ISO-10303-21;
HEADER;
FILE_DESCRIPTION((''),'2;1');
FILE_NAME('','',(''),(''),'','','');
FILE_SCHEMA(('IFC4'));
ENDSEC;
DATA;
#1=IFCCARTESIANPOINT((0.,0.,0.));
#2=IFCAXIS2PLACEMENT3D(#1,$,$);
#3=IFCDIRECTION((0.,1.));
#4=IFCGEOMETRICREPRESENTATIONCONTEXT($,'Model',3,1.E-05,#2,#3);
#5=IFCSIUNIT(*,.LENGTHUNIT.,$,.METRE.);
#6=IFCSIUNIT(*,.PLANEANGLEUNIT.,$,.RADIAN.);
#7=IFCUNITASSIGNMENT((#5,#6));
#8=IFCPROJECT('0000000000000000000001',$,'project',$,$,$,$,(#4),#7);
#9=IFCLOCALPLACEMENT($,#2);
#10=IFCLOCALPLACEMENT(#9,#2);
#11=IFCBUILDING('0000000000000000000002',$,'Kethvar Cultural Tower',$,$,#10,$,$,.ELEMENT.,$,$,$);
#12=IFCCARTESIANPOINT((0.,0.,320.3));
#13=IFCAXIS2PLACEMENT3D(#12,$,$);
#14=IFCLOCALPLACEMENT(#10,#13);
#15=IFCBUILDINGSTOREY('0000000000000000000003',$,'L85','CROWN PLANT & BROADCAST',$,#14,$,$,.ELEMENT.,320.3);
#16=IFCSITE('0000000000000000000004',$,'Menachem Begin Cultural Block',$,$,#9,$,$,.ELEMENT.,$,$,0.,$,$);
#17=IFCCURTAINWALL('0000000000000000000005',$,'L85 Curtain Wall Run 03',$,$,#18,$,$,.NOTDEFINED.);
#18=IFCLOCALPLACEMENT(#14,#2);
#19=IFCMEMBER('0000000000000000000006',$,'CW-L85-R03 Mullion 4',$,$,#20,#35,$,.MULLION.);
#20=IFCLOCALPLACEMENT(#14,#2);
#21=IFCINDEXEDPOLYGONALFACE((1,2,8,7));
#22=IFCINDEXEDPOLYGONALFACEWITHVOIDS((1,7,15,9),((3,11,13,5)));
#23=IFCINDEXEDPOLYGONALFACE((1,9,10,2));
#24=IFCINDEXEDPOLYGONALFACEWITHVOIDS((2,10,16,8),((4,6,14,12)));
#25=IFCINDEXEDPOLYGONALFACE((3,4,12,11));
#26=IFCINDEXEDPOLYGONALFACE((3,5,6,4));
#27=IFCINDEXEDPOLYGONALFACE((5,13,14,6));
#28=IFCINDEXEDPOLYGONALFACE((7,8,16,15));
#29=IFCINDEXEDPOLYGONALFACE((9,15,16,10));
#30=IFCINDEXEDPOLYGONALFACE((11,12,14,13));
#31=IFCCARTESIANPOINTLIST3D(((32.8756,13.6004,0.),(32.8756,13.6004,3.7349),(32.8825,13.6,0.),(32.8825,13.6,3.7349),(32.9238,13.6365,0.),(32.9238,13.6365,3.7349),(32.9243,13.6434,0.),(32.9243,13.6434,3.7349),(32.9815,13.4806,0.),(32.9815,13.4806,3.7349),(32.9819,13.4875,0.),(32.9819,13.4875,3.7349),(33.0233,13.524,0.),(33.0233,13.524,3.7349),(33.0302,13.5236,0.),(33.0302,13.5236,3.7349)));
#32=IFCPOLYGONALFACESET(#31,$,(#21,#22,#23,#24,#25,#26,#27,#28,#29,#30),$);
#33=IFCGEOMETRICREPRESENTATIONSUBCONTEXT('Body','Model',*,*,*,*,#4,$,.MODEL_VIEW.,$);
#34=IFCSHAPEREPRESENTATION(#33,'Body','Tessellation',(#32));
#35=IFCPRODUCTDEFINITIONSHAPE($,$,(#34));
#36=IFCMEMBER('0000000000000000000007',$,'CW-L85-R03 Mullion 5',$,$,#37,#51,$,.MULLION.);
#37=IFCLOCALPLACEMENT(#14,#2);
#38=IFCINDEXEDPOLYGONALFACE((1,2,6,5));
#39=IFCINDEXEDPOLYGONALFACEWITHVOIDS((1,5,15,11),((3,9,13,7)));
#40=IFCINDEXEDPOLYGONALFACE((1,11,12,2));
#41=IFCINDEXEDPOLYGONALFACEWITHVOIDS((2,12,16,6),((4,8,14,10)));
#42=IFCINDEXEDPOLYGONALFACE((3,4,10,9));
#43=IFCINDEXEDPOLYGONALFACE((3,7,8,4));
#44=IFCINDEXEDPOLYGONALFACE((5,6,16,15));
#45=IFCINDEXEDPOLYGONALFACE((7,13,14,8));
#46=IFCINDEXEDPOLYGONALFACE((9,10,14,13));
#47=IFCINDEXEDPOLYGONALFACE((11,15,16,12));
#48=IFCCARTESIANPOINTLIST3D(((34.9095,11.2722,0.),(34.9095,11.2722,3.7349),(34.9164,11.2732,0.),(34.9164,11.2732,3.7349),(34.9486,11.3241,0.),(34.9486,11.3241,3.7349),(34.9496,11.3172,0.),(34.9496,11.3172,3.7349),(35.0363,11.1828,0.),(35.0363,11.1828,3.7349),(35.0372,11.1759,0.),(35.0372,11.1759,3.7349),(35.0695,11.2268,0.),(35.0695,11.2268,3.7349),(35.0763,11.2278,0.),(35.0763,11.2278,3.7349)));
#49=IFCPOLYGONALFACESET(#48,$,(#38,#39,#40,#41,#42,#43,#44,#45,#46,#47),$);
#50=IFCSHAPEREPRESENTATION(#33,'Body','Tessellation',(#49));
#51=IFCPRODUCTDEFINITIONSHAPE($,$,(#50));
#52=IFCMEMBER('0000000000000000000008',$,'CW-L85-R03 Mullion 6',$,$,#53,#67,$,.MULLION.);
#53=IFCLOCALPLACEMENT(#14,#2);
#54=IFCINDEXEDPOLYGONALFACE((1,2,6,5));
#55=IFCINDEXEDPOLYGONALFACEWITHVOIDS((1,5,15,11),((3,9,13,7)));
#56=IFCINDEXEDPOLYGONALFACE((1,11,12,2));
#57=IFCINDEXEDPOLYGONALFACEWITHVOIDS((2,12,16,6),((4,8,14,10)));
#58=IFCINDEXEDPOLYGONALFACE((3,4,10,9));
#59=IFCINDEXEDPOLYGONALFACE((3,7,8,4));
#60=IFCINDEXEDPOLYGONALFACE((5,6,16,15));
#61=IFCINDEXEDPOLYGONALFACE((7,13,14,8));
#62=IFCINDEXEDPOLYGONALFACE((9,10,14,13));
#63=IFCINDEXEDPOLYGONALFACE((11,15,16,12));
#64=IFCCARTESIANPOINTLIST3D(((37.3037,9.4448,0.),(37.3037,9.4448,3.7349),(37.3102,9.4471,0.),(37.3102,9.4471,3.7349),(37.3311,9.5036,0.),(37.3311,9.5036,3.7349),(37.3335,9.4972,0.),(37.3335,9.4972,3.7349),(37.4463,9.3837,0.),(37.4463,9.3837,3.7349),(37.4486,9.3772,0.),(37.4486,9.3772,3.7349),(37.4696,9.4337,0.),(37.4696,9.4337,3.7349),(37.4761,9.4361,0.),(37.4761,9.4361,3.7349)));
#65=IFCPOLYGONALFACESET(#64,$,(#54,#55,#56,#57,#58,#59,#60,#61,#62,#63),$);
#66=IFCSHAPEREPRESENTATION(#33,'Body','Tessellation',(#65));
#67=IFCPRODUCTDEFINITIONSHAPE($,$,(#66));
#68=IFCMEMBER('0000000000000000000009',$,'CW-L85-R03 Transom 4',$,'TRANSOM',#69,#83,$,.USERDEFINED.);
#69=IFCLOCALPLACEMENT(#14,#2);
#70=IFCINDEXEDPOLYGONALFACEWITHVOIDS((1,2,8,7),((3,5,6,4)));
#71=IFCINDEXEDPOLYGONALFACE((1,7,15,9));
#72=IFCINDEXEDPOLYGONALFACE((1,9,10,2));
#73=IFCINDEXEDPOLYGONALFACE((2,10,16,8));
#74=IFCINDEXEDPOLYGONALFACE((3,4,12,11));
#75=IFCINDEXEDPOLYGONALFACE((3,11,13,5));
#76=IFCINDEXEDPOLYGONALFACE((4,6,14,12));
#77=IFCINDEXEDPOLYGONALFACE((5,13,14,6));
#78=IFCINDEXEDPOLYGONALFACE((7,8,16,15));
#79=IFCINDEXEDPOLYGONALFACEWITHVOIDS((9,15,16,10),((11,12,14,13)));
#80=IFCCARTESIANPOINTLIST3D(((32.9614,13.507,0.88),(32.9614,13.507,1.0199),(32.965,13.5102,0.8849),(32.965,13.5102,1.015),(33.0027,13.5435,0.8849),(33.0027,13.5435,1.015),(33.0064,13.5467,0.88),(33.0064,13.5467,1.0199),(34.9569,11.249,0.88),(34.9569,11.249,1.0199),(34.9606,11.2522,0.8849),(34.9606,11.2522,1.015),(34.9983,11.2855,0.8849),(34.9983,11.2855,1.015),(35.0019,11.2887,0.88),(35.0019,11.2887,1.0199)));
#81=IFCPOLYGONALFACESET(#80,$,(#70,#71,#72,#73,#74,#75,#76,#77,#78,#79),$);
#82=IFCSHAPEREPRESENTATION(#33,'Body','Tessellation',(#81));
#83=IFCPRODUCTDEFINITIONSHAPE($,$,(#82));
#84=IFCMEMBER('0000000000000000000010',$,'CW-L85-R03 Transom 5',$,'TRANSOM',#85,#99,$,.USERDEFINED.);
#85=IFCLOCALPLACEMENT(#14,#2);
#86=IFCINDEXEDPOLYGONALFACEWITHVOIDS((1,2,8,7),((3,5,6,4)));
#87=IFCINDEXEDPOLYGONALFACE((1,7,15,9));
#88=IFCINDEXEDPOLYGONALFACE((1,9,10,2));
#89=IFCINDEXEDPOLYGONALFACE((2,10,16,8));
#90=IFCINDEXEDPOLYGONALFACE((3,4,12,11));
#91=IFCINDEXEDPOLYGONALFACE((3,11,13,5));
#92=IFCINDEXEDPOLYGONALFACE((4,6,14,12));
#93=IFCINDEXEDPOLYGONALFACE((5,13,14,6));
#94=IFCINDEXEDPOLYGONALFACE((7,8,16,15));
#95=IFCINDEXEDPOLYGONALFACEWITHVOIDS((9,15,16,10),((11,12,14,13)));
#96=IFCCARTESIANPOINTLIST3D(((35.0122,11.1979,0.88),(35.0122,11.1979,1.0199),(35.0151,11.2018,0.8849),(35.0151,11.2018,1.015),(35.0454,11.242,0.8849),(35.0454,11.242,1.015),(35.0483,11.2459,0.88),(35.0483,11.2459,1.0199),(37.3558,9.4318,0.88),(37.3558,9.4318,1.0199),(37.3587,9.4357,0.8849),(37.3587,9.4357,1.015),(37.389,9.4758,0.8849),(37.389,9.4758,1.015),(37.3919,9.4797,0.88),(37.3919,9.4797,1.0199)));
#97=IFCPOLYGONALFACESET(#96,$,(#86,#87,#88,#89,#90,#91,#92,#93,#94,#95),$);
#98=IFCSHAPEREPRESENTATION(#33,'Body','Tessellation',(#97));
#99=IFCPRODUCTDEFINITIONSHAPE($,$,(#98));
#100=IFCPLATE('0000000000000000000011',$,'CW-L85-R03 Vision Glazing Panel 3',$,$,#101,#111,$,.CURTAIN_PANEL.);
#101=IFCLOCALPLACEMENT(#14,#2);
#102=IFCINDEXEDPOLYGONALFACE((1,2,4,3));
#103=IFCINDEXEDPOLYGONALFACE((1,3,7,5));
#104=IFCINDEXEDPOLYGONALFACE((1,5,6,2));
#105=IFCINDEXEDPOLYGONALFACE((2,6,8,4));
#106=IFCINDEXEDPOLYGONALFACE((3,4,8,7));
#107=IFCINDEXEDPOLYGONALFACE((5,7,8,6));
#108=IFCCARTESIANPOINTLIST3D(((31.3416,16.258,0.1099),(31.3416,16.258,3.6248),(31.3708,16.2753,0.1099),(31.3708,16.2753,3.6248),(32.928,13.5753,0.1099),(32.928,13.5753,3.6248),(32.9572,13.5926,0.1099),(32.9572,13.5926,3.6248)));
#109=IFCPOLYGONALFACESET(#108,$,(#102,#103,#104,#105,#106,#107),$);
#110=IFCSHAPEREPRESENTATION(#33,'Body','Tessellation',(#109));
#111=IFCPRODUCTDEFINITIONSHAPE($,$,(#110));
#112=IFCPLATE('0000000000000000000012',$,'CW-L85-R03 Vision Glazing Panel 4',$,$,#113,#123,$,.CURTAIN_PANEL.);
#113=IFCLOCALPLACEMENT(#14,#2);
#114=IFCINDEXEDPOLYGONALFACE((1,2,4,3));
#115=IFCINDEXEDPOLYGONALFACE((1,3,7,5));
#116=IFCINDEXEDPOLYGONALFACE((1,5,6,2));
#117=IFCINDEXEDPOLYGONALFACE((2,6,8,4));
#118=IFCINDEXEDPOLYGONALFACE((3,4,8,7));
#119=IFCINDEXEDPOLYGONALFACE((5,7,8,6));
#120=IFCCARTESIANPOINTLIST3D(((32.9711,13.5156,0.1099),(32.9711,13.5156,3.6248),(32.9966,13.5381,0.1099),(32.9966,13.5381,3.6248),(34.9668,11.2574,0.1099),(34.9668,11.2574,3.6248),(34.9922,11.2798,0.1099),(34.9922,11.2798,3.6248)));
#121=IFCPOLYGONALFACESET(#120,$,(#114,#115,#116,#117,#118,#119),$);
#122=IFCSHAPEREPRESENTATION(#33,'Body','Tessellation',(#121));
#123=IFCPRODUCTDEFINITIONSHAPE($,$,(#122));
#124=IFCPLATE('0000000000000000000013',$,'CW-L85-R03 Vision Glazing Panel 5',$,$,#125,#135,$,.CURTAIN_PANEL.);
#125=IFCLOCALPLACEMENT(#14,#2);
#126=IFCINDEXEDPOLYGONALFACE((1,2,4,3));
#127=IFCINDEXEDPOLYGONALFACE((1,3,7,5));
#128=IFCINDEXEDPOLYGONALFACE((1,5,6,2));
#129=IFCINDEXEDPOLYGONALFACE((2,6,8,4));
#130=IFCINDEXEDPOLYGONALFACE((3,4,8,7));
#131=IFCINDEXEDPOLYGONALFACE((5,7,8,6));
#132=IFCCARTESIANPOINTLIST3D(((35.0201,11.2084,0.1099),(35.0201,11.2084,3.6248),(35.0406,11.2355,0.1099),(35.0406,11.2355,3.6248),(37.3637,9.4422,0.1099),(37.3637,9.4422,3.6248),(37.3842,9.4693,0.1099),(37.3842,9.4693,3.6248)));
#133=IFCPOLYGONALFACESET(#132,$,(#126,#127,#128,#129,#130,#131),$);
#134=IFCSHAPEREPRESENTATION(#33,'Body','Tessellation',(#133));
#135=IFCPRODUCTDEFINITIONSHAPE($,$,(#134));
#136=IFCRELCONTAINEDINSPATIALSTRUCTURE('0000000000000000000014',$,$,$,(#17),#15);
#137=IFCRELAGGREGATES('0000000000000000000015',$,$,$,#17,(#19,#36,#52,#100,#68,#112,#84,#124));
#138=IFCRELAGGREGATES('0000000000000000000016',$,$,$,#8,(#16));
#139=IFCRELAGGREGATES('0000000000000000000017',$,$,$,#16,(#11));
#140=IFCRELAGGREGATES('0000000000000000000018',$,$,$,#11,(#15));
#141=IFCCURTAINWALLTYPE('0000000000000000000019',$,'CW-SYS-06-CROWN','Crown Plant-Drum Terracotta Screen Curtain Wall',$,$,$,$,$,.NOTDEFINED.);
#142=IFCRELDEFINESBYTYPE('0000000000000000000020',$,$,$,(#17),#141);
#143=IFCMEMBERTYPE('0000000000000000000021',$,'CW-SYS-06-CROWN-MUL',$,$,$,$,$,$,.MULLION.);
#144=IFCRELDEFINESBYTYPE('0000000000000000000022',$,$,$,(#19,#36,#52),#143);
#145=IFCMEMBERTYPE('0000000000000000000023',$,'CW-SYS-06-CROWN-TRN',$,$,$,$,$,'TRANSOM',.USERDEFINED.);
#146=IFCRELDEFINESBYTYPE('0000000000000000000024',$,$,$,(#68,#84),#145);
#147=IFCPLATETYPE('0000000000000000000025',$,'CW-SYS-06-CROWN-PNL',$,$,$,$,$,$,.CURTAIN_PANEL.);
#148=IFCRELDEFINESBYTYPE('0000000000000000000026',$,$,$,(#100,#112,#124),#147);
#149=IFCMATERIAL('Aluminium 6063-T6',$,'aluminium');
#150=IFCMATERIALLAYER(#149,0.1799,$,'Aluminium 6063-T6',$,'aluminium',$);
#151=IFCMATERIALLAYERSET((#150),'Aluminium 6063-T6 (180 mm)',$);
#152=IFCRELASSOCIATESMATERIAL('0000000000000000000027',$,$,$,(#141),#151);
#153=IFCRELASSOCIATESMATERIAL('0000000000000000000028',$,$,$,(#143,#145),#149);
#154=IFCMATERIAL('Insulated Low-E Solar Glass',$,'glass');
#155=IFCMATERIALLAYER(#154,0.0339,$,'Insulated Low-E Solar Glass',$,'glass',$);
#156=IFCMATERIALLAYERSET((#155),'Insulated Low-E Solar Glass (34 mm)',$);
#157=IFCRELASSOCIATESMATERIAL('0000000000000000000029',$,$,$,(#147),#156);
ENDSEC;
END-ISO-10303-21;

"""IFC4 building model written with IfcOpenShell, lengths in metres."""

from ifc_helpers import new_model, si_unit, direction, frame, origin, origin_2d, place, context, subcontext, project, spatial, rectangle, hollow_rectangle, extrude, source, transform, mapped, material, layer, layer_set, material_profile, profile_set, type_object, element, aggregate, save


model = new_model("IFC4")

# Units and contexts
model_context = context("Model", 3, precision=1e-05, world=origin(), true_north=direction((0.0, 1.0)))
body_context = subcontext(model_context, "Body", "Model", "MODEL_VIEW")
ifc_project = project(units=[si_unit("LENGTHUNIT", "METRE"), si_unit("PLANEANGLEUNIT", "RADIAN")], contexts=[model_context])

# Site, building, storey
site_placement = place(None, origin())
site = spatial("IfcSite", under=ifc_project, at=site_placement, Name="Menachem Begin Cultural Block", CompositionType="ELEMENT", RefElevation=0.0)
building_placement = place(site_placement, origin())
building = spatial("IfcBuilding", under=site, at=building_placement, Name="Kethvar Cultural Tower", CompositionType="ELEMENT")
storey_placement = place(building_placement, frame((0.0, 0.0, 320.3)))
storey = spatial("IfcBuildingStorey", under=building, at=storey_placement, Name="L85", Description="CROWN PLANT & BROADCAST", CompositionType="ELEMENT", Elevation=320.3)

# Curtain wall, members, plates
ifc_material_1 = material(Name="Aluminium 6063-T6", Category="aluminium")
ifc_layer_1 = layer(ifc_material_1, 0.1799, Name="Aluminium 6063-T6", Category="aluminium")
ifc_layer_set_1 = layer_set([ifc_layer_1], Name="Aluminium 6063-T6 (180 mm)")
curtain_wall_type = type_object("IfcCurtainWallType", Name="CW-SYS-06-CROWN", Description="Crown Plant-Drum Terracotta Screen Curtain Wall", PredefinedType="NOTDEFINED", material=ifc_layer_set_1)
curtain_wall_placement = place(storey_placement, origin())
curtain_wall = element("IfcCurtainWall", 1, at=curtain_wall_placement, inside=storey, type_object=curtain_wall_type, Name="L85 Curtain Wall Run 03", PredefinedType="NOTDEFINED")
ifc_material_profile_1 = material_profile(ifc_material_1, hollow_rectangle(XDim=0.0649, YDim=0.1599, WallThickness=0.0049, at=origin_2d()), Name="Aluminium 6063-T6 — RHS160x65x5")
ifc_profile_set_1 = profile_set([ifc_material_profile_1], Name="Aluminium 6063-T6 — RHS160x65x5")
member_type_1 = type_object("IfcMemberType", Name="CW-SYS-06-CROWN-MUL", PredefinedType="MULLION", material=ifc_profile_set_1)
shared_shape_1 = source(origin(), body_context, "Body", "SweptSolid", [
    extrude(hollow_rectangle(XDim=0.0649, YDim=0.1599, WallThickness=0.0049, at=origin_2d()), origin(), (0.0, 0.0, 1.0), 3.7349),
])
member_1_placement = place(storey_placement, frame((32.9529, 13.562, 0.0), z_axis=(0.0, 0.0, 1.0), x_axis=(0.749326, 0.662202, 0.0)))
member_1 = element("IfcMember", 2, at=member_1_placement, type_object=member_type_1, Name="CW-L85-R03 Mullion 4", PredefinedType="MULLION", context=body_context, shape_type="MappedRepresentation", body=[
    mapped(shared_shape_1, transform((0.0, 0.0, 0.0), scale=1.0)),
])
member_2_placement = place(storey_placement, frame((34.9929, 11.25, 0.0), z_axis=(0.0, 0.0, 1.0), x_axis=(0.601843, 0.798615, 0.0)))
member_2 = element("IfcMember", 3, at=member_2_placement, type_object=member_type_1, Name="CW-L85-R03 Mullion 5", PredefinedType="MULLION", context=body_context, shape_type="MappedRepresentation", body=[
    mapped(shared_shape_1, transform((0.0, 0.0, 0.0), scale=1.0)),
])
member_3_placement = place(storey_placement, frame((37.3899, 9.4404, 0.0), z_axis=(0.0, 0.0, 1.0), x_axis=(0.422476, 0.906374, 0.0)))
member_3 = element("IfcMember", 4, at=member_3_placement, type_object=member_type_1, Name="CW-L85-R03 Mullion 6", PredefinedType="MULLION", context=body_context, shape_type="MappedRepresentation", body=[
    mapped(shared_shape_1, transform((0.0, 0.0, 0.0), scale=1.0)),
])
ifc_material_profile_2 = material_profile(ifc_material_1, hollow_rectangle(XDim=0.0601, YDim=0.1399, WallThickness=0.0049, at=origin_2d()), Name="Aluminium 6063-T6 — RHS140x60x5")
ifc_profile_set_2 = profile_set([ifc_material_profile_2], Name="Aluminium 6063-T6 — RHS140x60x5")
member_type_2 = type_object("IfcMemberType", Name="CW-SYS-06-CROWN-TRN", ElementType="TRANSOM", PredefinedType="USERDEFINED", material=ifc_profile_set_2)
shared_shape_2 = source(origin(), body_context, "Body", "SweptSolid", [
    extrude(hollow_rectangle(XDim=0.0601, YDim=0.1399, WallThickness=0.0049, at=origin_2d()), origin(), (0.0, 0.0, 1.0), 3.0134),
])
member_4_placement = place(storey_placement, frame((32.9839, 13.5269, 0.95), z_axis=(0.662219, -0.74931, 0.0), x_axis=(0.74931, 0.662219, 0.0)))
member_4 = element("IfcMember", 5, at=member_4_placement, type_object=member_type_2, Name="CW-L85-R03 Transom 4", ObjectType="TRANSOM", PredefinedType="USERDEFINED", context=body_context, shape_type="MappedRepresentation", body=[
    mapped(shared_shape_2, transform((0.0, 0.0, 0.0), scale=1.0)),
])
shared_shape_3 = source(origin(), body_context, "Body", "SweptSolid", [
    extrude(hollow_rectangle(XDim=0.0601, YDim=0.1399, WallThickness=0.0049, at=origin_2d()), origin(), (0.0, 0.0, 1.0), 2.9346),
])
member_5_placement = place(storey_placement, frame((35.0303, 11.2219, 0.95), z_axis=(0.79861, -0.601849, 0.0), x_axis=(0.601849, 0.79861, 0.0)))
member_5 = element("IfcMember", 6, at=member_5_placement, type_object=member_type_2, Name="CW-L85-R03 Transom 5", ObjectType="TRANSOM", PredefinedType="USERDEFINED", context=body_context, shape_type="MappedRepresentation", body=[
    mapped(shared_shape_3, transform((0.0, 0.0, 0.0), scale=1.0)),
])
ifc_material_2 = material(Name="Insulated Low-E Solar Glass", Category="glass")
ifc_layer_2 = layer(ifc_material_2, 0.0339, Name="Insulated Low-E Solar Glass", Category="glass")
ifc_layer_set_2 = layer_set([ifc_layer_2], Name="Insulated Low-E Solar Glass (34 mm)")
plate_type = type_object("IfcPlateType", Name="CW-SYS-06-CROWN-PNL", PredefinedType="CURTAIN_PANEL", material=ifc_layer_set_2)
shared_shape_4 = source(origin(), body_context, "Body", "SweptSolid", [
    extrude(rectangle(XDim=3.1167, YDim=0.0339, at=origin_2d()), origin(), (0.0, 0.0, 1.0), 3.5149),
])
plate_1_placement = place(storey_placement, frame((32.1494, 14.9253, 0.1099), z_axis=(0.0, 0.0, 1.0), x_axis=(0.509011, -0.86076, 0.0)))
plate_1 = element("IfcPlate", 7, at=plate_1_placement, type_object=plate_type, Name="CW-L85-R03 Vision Glazing Panel 3", PredefinedType="CURTAIN_PANEL", context=body_context, shape_type="MappedRepresentation", body=[
    mapped(shared_shape_4, transform((0.0, 0.0, 0.0), scale=1.0)),
])
shared_shape_5 = source(origin(), body_context, "Body", "SweptSolid", [
    extrude(rectangle(XDim=3.0137, YDim=0.0339, at=origin_2d()), origin(), (0.0, 0.0, 1.0), 3.5149),
])
plate_2_placement = place(storey_placement, frame((33.9817, 12.3977, 0.1099), z_axis=(0.0, 0.0, 1.0), x_axis=(0.662202, -0.749326, 0.0)))
plate_2 = element("IfcPlate", 8, at=plate_2_placement, type_object=plate_type, Name="CW-L85-R03 Vision Glazing Panel 4", PredefinedType="CURTAIN_PANEL", context=body_context, shape_type="MappedRepresentation", body=[
    mapped(shared_shape_5, transform((0.0, 0.0, 0.0), scale=1.0)),
])
shared_shape_6 = source(origin(), body_context, "Body", "SweptSolid", [
    extrude(rectangle(XDim=2.9346, YDim=0.0339, at=origin_2d()), origin(), (0.0, 0.0, 1.0), 3.5149),
])
plate_3_placement = place(storey_placement, frame((36.2021, 10.3389, 0.1099), z_axis=(0.0, 0.0, 1.0), x_axis=(0.798615, -0.601843, 0.0)))
plate_3 = element("IfcPlate", 9, at=plate_3_placement, type_object=plate_type, Name="CW-L85-R03 Vision Glazing Panel 5", PredefinedType="CURTAIN_PANEL", context=body_context, shape_type="MappedRepresentation", body=[
    mapped(shared_shape_6, transform((0.0, 0.0, 0.0), scale=1.0)),
])
aggregate(curtain_wall, [member_1, member_2, member_3, plate_1, member_4, plate_2, member_5, plate_3])

save(model, "model.ifc")
